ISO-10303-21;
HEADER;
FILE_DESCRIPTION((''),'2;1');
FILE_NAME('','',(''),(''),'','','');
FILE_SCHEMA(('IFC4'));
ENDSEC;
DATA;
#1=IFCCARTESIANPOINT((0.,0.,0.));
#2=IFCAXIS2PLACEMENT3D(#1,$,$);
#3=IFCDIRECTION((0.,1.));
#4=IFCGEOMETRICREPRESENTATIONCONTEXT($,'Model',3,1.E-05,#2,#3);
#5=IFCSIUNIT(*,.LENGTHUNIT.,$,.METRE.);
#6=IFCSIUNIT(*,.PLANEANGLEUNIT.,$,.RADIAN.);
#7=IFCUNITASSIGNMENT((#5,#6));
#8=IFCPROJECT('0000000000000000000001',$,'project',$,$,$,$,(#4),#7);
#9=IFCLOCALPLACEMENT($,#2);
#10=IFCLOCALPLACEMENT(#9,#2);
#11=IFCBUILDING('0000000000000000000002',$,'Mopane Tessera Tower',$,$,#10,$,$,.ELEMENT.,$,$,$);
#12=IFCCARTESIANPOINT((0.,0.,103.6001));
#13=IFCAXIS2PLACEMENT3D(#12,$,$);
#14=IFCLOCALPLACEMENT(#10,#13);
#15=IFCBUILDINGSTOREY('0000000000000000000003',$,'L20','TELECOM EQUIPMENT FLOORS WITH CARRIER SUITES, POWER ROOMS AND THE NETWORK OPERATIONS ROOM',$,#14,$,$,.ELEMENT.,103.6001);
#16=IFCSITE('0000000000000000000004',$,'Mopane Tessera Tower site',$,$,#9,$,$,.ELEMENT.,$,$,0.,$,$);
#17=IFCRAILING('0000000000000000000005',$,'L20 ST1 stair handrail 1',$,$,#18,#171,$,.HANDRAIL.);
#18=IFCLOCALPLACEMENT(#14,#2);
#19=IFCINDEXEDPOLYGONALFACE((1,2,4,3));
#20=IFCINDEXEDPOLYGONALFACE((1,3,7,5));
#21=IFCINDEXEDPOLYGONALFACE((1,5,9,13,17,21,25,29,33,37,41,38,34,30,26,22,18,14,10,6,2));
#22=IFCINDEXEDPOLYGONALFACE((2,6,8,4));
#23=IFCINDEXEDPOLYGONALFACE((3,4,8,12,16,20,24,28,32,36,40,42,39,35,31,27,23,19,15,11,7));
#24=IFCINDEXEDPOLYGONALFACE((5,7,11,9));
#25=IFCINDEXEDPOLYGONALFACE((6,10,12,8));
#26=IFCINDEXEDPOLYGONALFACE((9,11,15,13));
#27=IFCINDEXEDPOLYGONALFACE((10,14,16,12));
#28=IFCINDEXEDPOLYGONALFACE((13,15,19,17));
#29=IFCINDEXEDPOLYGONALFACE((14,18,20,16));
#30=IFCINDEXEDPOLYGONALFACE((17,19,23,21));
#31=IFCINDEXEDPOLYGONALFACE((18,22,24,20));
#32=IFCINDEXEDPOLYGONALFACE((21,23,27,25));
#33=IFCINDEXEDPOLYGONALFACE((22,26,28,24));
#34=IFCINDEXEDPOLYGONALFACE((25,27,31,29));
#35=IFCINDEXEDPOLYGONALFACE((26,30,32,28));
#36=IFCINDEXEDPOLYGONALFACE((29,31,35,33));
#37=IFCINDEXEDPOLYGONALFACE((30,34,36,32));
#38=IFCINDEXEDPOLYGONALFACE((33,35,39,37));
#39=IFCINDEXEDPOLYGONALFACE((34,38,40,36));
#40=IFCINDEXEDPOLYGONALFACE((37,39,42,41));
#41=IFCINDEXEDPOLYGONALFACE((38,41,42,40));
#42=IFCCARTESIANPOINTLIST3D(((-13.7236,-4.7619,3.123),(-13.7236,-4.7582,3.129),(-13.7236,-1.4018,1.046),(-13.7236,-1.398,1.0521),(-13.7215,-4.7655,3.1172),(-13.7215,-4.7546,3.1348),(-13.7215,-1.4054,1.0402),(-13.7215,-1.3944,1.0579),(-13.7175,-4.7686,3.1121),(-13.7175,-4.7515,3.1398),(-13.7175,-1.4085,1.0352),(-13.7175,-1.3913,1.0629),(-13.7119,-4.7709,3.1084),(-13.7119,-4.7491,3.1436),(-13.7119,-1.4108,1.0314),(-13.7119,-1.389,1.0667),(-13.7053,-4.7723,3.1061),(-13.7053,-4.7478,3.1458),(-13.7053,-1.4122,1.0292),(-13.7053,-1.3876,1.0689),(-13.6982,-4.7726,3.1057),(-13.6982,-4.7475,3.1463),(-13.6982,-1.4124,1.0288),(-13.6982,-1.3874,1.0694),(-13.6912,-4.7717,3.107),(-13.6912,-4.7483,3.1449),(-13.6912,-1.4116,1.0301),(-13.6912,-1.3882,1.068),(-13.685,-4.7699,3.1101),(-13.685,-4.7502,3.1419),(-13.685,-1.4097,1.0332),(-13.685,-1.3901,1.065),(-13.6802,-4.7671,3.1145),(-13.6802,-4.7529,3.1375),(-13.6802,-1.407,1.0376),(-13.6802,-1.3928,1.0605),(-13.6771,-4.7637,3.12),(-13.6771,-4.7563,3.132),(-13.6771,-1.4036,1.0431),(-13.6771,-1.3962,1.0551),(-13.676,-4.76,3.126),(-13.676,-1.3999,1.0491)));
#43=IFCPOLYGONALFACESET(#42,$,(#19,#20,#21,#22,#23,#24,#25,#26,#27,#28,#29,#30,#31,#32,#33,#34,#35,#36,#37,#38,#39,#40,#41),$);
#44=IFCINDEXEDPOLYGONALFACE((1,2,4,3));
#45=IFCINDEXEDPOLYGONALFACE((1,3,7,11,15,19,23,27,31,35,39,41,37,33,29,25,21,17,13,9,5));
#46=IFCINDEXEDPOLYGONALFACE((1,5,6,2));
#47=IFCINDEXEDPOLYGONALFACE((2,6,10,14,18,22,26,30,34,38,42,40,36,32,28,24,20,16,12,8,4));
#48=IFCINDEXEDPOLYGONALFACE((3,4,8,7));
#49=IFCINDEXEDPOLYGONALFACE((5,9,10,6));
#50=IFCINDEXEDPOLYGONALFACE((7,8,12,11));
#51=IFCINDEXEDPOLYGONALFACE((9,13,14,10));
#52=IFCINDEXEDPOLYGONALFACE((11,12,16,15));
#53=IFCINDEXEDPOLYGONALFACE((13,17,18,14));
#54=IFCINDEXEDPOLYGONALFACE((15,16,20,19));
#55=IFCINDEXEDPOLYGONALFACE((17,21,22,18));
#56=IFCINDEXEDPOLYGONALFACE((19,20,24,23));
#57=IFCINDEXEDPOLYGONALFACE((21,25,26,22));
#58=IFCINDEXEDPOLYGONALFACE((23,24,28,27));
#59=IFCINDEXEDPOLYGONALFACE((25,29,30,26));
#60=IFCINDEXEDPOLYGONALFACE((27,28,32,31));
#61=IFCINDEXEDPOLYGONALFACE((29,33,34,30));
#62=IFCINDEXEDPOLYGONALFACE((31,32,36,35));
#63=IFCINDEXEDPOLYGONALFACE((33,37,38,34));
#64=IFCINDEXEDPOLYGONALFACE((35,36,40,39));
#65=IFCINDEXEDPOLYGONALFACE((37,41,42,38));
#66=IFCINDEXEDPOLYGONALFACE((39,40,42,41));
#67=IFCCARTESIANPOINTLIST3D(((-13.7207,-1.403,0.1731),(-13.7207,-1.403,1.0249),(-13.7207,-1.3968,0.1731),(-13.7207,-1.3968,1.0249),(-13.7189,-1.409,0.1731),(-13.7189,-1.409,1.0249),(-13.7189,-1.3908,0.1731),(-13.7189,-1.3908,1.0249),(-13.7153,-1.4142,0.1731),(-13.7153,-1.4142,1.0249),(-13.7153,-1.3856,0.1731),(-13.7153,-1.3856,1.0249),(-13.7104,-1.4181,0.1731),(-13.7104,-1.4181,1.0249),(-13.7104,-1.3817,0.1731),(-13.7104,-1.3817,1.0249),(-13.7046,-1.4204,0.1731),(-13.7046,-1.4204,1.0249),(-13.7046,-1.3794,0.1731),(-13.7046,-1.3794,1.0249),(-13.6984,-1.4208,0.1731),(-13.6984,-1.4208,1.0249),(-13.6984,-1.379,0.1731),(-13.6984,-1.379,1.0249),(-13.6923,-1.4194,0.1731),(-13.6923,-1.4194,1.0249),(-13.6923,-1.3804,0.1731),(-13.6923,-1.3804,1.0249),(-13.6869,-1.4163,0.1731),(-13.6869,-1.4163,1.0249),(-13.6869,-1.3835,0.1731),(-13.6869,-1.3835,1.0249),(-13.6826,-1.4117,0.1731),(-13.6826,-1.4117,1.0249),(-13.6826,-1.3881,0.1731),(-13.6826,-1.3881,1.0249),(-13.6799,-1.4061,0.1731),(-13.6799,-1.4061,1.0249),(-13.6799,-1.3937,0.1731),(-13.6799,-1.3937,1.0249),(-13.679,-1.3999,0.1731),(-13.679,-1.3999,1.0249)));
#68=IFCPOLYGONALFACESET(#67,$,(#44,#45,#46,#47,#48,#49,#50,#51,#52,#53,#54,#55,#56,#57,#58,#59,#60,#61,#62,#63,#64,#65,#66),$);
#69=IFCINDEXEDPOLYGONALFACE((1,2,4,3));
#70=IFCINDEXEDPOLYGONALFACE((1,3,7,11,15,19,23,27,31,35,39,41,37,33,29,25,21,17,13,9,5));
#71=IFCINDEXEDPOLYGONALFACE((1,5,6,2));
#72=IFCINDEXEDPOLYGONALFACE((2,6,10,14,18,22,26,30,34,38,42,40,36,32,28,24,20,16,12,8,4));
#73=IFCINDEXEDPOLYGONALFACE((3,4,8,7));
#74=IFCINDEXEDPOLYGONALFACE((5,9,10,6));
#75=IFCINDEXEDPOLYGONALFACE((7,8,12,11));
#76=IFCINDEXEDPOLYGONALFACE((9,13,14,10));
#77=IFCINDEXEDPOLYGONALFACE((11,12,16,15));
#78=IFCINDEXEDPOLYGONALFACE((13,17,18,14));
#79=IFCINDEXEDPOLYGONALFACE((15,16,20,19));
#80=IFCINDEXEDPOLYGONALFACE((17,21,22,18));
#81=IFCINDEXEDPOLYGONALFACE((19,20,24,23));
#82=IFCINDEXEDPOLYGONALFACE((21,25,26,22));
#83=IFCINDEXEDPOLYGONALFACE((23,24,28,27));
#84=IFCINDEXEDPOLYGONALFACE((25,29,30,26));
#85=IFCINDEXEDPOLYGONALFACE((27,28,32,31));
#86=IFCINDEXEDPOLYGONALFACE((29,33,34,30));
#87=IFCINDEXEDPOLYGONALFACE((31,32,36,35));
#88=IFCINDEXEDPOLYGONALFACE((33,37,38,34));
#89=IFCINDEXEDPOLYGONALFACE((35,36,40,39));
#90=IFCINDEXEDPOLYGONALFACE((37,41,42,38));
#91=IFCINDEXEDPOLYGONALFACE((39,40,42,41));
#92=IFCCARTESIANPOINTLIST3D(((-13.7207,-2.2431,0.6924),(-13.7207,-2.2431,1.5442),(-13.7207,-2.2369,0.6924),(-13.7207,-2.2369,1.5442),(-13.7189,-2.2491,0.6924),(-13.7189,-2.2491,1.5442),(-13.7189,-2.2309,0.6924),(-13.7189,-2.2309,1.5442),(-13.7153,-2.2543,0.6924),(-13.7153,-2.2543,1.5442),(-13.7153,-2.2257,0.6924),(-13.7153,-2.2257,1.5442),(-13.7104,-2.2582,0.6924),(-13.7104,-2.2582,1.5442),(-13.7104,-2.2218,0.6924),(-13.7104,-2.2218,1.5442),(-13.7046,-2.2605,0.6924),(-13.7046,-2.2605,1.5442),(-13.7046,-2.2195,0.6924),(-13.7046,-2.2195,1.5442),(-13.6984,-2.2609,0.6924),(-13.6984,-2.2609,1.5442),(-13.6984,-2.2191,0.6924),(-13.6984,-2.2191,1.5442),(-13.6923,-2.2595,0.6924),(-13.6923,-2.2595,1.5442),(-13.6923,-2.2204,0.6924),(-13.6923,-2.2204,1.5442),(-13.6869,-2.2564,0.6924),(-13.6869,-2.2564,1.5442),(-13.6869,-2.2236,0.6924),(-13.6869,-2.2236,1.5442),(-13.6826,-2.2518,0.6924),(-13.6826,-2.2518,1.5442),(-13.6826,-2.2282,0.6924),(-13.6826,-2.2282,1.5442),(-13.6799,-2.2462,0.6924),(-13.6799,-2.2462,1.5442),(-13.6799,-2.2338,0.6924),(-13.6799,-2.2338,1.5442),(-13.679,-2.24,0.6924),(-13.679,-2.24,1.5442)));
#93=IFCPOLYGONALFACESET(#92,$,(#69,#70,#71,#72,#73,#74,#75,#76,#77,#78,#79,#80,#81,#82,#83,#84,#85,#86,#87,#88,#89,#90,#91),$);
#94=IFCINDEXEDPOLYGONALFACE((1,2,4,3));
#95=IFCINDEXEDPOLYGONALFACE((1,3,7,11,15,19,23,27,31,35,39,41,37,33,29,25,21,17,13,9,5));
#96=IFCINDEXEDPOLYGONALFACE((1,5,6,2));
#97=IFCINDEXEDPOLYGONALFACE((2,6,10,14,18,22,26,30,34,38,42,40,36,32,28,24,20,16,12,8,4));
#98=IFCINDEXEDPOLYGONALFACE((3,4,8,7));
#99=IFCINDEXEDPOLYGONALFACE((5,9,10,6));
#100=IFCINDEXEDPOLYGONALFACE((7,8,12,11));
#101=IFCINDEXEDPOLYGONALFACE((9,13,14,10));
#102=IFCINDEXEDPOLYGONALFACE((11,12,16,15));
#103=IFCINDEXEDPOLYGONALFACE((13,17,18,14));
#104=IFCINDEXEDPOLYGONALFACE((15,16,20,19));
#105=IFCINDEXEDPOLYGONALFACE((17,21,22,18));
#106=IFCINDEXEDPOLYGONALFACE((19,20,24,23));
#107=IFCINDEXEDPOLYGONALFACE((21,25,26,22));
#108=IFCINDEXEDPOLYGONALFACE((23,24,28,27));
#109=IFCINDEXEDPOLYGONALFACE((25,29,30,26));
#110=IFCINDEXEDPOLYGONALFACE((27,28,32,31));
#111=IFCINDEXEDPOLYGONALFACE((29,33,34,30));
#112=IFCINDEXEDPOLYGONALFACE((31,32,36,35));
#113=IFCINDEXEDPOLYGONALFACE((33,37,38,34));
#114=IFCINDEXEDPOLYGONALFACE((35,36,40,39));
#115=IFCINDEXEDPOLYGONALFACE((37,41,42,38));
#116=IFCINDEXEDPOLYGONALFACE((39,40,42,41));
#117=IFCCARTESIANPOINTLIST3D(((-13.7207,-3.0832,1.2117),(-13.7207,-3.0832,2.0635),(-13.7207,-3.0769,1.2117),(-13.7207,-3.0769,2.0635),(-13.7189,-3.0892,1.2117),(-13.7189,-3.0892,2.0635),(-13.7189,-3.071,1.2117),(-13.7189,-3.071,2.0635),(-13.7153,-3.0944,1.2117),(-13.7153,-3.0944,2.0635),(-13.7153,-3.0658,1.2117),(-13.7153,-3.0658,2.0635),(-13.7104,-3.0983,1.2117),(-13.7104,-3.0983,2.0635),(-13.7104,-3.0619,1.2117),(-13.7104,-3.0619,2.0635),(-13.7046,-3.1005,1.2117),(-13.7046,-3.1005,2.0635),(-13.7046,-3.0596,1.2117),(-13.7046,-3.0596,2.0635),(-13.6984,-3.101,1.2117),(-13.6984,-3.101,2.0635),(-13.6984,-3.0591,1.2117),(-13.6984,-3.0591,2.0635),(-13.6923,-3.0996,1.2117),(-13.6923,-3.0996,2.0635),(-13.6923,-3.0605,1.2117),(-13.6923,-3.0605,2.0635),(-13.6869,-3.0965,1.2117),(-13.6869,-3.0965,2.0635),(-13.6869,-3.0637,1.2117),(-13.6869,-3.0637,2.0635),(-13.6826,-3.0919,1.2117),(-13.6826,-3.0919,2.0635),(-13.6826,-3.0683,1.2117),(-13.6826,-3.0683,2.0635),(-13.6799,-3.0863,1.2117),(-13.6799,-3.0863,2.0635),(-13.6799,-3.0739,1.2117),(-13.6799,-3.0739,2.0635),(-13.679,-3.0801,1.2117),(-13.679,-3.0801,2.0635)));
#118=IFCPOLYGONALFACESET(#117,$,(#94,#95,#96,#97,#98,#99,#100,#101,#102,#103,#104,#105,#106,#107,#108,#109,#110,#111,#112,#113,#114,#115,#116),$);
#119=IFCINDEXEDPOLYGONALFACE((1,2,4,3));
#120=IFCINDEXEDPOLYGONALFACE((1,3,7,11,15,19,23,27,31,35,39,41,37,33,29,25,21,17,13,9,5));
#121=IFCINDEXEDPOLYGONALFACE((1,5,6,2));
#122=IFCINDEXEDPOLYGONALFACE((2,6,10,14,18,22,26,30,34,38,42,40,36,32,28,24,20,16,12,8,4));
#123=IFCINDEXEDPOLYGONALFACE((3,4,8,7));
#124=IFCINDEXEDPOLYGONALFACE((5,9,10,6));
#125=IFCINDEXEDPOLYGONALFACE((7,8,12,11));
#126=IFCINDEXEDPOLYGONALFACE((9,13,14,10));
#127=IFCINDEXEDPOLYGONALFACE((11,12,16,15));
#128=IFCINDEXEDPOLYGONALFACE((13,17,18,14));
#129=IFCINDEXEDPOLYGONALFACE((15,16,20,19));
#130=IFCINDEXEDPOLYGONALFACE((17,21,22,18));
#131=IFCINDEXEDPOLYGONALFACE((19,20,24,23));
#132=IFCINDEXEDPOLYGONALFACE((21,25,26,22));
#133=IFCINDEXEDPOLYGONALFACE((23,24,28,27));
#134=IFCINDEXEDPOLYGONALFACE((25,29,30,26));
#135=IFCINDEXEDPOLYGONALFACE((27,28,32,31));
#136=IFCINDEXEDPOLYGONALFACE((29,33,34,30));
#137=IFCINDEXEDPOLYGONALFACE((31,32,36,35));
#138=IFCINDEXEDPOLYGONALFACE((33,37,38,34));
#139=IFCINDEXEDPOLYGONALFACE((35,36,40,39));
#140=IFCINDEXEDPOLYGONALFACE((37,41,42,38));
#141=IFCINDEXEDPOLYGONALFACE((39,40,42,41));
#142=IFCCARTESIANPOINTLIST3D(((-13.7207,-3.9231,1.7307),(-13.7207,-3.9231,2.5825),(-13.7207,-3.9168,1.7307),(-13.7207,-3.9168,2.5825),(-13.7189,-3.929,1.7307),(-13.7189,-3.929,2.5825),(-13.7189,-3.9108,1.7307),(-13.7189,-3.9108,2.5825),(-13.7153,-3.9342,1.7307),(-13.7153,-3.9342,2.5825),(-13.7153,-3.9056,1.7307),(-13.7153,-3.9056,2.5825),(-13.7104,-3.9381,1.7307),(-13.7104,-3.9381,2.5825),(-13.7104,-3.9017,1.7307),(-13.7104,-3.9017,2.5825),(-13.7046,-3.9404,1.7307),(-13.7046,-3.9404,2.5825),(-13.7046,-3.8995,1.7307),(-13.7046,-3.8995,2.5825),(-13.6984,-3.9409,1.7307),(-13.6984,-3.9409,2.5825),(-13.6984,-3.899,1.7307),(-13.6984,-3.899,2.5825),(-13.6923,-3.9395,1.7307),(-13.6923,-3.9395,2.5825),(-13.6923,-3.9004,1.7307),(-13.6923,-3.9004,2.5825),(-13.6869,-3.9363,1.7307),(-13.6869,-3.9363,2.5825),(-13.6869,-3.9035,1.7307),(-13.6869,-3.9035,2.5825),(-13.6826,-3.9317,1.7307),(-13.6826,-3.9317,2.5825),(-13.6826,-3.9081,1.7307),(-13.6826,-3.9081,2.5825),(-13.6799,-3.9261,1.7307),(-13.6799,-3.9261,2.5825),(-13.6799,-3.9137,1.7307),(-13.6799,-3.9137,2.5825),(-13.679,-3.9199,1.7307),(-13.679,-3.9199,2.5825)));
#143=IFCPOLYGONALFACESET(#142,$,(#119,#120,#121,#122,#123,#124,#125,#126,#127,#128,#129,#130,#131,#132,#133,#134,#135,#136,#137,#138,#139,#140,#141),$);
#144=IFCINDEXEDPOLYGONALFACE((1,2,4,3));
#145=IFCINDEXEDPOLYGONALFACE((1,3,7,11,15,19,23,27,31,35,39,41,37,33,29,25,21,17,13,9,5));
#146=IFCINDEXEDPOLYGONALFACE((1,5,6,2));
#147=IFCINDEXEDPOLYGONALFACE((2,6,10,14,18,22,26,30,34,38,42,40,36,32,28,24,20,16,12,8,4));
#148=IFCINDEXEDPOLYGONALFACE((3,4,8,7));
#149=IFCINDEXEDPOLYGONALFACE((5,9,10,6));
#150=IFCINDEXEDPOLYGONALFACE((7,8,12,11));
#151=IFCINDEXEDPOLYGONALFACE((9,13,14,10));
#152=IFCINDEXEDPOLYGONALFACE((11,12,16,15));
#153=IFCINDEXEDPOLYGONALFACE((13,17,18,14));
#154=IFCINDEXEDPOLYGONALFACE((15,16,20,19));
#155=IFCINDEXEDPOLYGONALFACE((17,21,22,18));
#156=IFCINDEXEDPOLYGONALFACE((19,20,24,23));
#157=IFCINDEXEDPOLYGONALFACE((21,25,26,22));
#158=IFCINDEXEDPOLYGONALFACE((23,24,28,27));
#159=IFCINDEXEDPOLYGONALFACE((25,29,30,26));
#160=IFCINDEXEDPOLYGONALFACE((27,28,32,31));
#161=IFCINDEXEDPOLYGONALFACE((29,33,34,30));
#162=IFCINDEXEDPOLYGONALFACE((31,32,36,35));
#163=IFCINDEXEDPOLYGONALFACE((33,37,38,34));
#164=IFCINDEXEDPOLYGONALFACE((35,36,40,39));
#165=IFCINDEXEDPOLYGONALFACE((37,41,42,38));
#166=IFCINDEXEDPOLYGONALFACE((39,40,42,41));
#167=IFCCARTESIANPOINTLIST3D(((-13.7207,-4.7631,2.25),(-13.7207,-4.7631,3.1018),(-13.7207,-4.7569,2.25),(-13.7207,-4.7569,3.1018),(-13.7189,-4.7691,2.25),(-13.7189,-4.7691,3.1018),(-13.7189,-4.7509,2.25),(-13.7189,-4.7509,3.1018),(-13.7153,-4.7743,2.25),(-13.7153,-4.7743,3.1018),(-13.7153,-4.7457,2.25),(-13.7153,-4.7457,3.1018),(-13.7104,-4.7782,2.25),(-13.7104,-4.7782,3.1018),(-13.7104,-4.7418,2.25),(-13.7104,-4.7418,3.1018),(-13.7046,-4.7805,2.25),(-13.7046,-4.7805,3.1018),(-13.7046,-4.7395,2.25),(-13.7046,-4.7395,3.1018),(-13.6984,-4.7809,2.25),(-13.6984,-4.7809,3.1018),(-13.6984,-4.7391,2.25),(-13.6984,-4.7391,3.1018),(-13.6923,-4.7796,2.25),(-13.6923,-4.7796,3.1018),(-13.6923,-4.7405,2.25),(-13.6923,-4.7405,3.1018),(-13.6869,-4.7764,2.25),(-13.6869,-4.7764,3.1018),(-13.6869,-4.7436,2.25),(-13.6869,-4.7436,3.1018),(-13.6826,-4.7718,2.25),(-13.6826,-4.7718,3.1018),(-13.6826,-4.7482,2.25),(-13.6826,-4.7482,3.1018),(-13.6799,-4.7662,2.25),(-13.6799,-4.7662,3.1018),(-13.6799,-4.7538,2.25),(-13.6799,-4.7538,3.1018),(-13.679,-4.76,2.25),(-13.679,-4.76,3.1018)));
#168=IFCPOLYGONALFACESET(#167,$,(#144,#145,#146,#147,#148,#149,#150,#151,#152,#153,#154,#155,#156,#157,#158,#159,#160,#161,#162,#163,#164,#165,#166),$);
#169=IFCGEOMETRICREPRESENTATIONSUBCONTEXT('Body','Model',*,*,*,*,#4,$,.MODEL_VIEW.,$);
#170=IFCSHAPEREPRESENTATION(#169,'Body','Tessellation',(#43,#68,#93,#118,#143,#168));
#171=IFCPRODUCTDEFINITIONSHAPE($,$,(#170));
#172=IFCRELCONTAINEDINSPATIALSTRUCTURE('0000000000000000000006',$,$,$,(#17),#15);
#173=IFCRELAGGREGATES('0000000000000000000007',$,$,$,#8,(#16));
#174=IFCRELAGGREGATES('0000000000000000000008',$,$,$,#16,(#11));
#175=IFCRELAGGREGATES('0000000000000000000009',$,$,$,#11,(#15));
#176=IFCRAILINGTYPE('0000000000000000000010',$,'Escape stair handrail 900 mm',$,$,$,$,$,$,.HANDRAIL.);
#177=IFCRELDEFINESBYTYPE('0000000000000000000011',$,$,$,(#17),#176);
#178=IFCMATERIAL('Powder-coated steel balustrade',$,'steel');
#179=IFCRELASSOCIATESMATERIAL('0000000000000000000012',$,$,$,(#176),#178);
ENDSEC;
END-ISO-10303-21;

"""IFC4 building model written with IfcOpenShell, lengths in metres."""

from ifc_helpers import new_model, si_unit, direction, frame, origin, origin_2d, place, context, subcontext, project, spatial, circle, extrude, material, type_object, element, save


model = new_model("IFC4")

# Units and contexts
model_context = context("Model", 3, precision=1e-05, world=origin(), true_north=direction((0.0, 1.0)))
body_context = subcontext(model_context, "Body", "Model", "MODEL_VIEW")
ifc_project = project(units=[si_unit("LENGTHUNIT", "METRE"), si_unit("PLANEANGLEUNIT", "RADIAN")], contexts=[model_context])

# Site, building, storey
site_placement = place(None, origin())
site = spatial("IfcSite", under=ifc_project, at=site_placement, Name="Mopane Tessera Tower site", CompositionType="ELEMENT", RefElevation=0.0)
building_placement = place(site_placement, origin())
building = spatial("IfcBuilding", under=site, at=building_placement, Name="Mopane Tessera Tower", CompositionType="ELEMENT")
storey_placement = place(building_placement, frame((0.0, 0.0, 103.6001)))
storey = spatial("IfcBuildingStorey", under=building, at=storey_placement, Name="L20", Description="TELECOM EQUIPMENT FLOORS WITH CARRIER SUITES, POWER ROOMS AND THE NETWORK OPERATIONS ROOM", CompositionType="ELEMENT", Elevation=103.6001)

# Railing
ifc_material_1 = material(Name="Powder-coated steel balustrade", Category="steel")
railing_type_1 = type_object("IfcRailingType", Name="Escape stair handrail 900 mm", PredefinedType="HANDRAIL", material=ifc_material_1)
railing_1_placement = place(storey_placement, frame((-13.7, -1.3999, 0.1731)))
element("IfcRailing", 1, at=railing_1_placement, inside=storey, type_object=railing_type_1, Name="L20 ST1 stair handrail 1", PredefinedType="HANDRAIL", context=body_context, shape_type="SweptSolid", body=[
    extrude(circle(Radius=0.0239, at=origin_2d()), frame((0.0, 0.0, 0.876), z_axis=(0.0, -0.850623, 0.525776), x_axis=(1.0, 0.0, 0.0)), (0.0, 0.0, 1.0), 3.9502),
    extrude(circle(Radius=0.021, at=origin_2d()), origin(), (0.0, 0.0, 1.0), 0.8518),
    extrude(circle(Radius=0.021, at=origin_2d()), frame((0.0, -0.8401, 0.5193)), (0.0, 0.0, 1.0), 0.8518),
    extrude(circle(Radius=0.021, at=origin_2d()), frame((0.0, -1.6802, 1.0386)), (0.0, 0.0, 1.0), 0.8518),
    extrude(circle(Radius=0.021, at=origin_2d()), frame((0.0, -2.52, 1.5576)), (0.0, 0.0, 1.0), 0.8518),
    extrude(circle(Radius=0.021, at=origin_2d()), frame((0.0, -3.3601, 2.0769)), (0.0, 0.0, 1.0), 0.8518),
])

save(model, "model.ifc")
